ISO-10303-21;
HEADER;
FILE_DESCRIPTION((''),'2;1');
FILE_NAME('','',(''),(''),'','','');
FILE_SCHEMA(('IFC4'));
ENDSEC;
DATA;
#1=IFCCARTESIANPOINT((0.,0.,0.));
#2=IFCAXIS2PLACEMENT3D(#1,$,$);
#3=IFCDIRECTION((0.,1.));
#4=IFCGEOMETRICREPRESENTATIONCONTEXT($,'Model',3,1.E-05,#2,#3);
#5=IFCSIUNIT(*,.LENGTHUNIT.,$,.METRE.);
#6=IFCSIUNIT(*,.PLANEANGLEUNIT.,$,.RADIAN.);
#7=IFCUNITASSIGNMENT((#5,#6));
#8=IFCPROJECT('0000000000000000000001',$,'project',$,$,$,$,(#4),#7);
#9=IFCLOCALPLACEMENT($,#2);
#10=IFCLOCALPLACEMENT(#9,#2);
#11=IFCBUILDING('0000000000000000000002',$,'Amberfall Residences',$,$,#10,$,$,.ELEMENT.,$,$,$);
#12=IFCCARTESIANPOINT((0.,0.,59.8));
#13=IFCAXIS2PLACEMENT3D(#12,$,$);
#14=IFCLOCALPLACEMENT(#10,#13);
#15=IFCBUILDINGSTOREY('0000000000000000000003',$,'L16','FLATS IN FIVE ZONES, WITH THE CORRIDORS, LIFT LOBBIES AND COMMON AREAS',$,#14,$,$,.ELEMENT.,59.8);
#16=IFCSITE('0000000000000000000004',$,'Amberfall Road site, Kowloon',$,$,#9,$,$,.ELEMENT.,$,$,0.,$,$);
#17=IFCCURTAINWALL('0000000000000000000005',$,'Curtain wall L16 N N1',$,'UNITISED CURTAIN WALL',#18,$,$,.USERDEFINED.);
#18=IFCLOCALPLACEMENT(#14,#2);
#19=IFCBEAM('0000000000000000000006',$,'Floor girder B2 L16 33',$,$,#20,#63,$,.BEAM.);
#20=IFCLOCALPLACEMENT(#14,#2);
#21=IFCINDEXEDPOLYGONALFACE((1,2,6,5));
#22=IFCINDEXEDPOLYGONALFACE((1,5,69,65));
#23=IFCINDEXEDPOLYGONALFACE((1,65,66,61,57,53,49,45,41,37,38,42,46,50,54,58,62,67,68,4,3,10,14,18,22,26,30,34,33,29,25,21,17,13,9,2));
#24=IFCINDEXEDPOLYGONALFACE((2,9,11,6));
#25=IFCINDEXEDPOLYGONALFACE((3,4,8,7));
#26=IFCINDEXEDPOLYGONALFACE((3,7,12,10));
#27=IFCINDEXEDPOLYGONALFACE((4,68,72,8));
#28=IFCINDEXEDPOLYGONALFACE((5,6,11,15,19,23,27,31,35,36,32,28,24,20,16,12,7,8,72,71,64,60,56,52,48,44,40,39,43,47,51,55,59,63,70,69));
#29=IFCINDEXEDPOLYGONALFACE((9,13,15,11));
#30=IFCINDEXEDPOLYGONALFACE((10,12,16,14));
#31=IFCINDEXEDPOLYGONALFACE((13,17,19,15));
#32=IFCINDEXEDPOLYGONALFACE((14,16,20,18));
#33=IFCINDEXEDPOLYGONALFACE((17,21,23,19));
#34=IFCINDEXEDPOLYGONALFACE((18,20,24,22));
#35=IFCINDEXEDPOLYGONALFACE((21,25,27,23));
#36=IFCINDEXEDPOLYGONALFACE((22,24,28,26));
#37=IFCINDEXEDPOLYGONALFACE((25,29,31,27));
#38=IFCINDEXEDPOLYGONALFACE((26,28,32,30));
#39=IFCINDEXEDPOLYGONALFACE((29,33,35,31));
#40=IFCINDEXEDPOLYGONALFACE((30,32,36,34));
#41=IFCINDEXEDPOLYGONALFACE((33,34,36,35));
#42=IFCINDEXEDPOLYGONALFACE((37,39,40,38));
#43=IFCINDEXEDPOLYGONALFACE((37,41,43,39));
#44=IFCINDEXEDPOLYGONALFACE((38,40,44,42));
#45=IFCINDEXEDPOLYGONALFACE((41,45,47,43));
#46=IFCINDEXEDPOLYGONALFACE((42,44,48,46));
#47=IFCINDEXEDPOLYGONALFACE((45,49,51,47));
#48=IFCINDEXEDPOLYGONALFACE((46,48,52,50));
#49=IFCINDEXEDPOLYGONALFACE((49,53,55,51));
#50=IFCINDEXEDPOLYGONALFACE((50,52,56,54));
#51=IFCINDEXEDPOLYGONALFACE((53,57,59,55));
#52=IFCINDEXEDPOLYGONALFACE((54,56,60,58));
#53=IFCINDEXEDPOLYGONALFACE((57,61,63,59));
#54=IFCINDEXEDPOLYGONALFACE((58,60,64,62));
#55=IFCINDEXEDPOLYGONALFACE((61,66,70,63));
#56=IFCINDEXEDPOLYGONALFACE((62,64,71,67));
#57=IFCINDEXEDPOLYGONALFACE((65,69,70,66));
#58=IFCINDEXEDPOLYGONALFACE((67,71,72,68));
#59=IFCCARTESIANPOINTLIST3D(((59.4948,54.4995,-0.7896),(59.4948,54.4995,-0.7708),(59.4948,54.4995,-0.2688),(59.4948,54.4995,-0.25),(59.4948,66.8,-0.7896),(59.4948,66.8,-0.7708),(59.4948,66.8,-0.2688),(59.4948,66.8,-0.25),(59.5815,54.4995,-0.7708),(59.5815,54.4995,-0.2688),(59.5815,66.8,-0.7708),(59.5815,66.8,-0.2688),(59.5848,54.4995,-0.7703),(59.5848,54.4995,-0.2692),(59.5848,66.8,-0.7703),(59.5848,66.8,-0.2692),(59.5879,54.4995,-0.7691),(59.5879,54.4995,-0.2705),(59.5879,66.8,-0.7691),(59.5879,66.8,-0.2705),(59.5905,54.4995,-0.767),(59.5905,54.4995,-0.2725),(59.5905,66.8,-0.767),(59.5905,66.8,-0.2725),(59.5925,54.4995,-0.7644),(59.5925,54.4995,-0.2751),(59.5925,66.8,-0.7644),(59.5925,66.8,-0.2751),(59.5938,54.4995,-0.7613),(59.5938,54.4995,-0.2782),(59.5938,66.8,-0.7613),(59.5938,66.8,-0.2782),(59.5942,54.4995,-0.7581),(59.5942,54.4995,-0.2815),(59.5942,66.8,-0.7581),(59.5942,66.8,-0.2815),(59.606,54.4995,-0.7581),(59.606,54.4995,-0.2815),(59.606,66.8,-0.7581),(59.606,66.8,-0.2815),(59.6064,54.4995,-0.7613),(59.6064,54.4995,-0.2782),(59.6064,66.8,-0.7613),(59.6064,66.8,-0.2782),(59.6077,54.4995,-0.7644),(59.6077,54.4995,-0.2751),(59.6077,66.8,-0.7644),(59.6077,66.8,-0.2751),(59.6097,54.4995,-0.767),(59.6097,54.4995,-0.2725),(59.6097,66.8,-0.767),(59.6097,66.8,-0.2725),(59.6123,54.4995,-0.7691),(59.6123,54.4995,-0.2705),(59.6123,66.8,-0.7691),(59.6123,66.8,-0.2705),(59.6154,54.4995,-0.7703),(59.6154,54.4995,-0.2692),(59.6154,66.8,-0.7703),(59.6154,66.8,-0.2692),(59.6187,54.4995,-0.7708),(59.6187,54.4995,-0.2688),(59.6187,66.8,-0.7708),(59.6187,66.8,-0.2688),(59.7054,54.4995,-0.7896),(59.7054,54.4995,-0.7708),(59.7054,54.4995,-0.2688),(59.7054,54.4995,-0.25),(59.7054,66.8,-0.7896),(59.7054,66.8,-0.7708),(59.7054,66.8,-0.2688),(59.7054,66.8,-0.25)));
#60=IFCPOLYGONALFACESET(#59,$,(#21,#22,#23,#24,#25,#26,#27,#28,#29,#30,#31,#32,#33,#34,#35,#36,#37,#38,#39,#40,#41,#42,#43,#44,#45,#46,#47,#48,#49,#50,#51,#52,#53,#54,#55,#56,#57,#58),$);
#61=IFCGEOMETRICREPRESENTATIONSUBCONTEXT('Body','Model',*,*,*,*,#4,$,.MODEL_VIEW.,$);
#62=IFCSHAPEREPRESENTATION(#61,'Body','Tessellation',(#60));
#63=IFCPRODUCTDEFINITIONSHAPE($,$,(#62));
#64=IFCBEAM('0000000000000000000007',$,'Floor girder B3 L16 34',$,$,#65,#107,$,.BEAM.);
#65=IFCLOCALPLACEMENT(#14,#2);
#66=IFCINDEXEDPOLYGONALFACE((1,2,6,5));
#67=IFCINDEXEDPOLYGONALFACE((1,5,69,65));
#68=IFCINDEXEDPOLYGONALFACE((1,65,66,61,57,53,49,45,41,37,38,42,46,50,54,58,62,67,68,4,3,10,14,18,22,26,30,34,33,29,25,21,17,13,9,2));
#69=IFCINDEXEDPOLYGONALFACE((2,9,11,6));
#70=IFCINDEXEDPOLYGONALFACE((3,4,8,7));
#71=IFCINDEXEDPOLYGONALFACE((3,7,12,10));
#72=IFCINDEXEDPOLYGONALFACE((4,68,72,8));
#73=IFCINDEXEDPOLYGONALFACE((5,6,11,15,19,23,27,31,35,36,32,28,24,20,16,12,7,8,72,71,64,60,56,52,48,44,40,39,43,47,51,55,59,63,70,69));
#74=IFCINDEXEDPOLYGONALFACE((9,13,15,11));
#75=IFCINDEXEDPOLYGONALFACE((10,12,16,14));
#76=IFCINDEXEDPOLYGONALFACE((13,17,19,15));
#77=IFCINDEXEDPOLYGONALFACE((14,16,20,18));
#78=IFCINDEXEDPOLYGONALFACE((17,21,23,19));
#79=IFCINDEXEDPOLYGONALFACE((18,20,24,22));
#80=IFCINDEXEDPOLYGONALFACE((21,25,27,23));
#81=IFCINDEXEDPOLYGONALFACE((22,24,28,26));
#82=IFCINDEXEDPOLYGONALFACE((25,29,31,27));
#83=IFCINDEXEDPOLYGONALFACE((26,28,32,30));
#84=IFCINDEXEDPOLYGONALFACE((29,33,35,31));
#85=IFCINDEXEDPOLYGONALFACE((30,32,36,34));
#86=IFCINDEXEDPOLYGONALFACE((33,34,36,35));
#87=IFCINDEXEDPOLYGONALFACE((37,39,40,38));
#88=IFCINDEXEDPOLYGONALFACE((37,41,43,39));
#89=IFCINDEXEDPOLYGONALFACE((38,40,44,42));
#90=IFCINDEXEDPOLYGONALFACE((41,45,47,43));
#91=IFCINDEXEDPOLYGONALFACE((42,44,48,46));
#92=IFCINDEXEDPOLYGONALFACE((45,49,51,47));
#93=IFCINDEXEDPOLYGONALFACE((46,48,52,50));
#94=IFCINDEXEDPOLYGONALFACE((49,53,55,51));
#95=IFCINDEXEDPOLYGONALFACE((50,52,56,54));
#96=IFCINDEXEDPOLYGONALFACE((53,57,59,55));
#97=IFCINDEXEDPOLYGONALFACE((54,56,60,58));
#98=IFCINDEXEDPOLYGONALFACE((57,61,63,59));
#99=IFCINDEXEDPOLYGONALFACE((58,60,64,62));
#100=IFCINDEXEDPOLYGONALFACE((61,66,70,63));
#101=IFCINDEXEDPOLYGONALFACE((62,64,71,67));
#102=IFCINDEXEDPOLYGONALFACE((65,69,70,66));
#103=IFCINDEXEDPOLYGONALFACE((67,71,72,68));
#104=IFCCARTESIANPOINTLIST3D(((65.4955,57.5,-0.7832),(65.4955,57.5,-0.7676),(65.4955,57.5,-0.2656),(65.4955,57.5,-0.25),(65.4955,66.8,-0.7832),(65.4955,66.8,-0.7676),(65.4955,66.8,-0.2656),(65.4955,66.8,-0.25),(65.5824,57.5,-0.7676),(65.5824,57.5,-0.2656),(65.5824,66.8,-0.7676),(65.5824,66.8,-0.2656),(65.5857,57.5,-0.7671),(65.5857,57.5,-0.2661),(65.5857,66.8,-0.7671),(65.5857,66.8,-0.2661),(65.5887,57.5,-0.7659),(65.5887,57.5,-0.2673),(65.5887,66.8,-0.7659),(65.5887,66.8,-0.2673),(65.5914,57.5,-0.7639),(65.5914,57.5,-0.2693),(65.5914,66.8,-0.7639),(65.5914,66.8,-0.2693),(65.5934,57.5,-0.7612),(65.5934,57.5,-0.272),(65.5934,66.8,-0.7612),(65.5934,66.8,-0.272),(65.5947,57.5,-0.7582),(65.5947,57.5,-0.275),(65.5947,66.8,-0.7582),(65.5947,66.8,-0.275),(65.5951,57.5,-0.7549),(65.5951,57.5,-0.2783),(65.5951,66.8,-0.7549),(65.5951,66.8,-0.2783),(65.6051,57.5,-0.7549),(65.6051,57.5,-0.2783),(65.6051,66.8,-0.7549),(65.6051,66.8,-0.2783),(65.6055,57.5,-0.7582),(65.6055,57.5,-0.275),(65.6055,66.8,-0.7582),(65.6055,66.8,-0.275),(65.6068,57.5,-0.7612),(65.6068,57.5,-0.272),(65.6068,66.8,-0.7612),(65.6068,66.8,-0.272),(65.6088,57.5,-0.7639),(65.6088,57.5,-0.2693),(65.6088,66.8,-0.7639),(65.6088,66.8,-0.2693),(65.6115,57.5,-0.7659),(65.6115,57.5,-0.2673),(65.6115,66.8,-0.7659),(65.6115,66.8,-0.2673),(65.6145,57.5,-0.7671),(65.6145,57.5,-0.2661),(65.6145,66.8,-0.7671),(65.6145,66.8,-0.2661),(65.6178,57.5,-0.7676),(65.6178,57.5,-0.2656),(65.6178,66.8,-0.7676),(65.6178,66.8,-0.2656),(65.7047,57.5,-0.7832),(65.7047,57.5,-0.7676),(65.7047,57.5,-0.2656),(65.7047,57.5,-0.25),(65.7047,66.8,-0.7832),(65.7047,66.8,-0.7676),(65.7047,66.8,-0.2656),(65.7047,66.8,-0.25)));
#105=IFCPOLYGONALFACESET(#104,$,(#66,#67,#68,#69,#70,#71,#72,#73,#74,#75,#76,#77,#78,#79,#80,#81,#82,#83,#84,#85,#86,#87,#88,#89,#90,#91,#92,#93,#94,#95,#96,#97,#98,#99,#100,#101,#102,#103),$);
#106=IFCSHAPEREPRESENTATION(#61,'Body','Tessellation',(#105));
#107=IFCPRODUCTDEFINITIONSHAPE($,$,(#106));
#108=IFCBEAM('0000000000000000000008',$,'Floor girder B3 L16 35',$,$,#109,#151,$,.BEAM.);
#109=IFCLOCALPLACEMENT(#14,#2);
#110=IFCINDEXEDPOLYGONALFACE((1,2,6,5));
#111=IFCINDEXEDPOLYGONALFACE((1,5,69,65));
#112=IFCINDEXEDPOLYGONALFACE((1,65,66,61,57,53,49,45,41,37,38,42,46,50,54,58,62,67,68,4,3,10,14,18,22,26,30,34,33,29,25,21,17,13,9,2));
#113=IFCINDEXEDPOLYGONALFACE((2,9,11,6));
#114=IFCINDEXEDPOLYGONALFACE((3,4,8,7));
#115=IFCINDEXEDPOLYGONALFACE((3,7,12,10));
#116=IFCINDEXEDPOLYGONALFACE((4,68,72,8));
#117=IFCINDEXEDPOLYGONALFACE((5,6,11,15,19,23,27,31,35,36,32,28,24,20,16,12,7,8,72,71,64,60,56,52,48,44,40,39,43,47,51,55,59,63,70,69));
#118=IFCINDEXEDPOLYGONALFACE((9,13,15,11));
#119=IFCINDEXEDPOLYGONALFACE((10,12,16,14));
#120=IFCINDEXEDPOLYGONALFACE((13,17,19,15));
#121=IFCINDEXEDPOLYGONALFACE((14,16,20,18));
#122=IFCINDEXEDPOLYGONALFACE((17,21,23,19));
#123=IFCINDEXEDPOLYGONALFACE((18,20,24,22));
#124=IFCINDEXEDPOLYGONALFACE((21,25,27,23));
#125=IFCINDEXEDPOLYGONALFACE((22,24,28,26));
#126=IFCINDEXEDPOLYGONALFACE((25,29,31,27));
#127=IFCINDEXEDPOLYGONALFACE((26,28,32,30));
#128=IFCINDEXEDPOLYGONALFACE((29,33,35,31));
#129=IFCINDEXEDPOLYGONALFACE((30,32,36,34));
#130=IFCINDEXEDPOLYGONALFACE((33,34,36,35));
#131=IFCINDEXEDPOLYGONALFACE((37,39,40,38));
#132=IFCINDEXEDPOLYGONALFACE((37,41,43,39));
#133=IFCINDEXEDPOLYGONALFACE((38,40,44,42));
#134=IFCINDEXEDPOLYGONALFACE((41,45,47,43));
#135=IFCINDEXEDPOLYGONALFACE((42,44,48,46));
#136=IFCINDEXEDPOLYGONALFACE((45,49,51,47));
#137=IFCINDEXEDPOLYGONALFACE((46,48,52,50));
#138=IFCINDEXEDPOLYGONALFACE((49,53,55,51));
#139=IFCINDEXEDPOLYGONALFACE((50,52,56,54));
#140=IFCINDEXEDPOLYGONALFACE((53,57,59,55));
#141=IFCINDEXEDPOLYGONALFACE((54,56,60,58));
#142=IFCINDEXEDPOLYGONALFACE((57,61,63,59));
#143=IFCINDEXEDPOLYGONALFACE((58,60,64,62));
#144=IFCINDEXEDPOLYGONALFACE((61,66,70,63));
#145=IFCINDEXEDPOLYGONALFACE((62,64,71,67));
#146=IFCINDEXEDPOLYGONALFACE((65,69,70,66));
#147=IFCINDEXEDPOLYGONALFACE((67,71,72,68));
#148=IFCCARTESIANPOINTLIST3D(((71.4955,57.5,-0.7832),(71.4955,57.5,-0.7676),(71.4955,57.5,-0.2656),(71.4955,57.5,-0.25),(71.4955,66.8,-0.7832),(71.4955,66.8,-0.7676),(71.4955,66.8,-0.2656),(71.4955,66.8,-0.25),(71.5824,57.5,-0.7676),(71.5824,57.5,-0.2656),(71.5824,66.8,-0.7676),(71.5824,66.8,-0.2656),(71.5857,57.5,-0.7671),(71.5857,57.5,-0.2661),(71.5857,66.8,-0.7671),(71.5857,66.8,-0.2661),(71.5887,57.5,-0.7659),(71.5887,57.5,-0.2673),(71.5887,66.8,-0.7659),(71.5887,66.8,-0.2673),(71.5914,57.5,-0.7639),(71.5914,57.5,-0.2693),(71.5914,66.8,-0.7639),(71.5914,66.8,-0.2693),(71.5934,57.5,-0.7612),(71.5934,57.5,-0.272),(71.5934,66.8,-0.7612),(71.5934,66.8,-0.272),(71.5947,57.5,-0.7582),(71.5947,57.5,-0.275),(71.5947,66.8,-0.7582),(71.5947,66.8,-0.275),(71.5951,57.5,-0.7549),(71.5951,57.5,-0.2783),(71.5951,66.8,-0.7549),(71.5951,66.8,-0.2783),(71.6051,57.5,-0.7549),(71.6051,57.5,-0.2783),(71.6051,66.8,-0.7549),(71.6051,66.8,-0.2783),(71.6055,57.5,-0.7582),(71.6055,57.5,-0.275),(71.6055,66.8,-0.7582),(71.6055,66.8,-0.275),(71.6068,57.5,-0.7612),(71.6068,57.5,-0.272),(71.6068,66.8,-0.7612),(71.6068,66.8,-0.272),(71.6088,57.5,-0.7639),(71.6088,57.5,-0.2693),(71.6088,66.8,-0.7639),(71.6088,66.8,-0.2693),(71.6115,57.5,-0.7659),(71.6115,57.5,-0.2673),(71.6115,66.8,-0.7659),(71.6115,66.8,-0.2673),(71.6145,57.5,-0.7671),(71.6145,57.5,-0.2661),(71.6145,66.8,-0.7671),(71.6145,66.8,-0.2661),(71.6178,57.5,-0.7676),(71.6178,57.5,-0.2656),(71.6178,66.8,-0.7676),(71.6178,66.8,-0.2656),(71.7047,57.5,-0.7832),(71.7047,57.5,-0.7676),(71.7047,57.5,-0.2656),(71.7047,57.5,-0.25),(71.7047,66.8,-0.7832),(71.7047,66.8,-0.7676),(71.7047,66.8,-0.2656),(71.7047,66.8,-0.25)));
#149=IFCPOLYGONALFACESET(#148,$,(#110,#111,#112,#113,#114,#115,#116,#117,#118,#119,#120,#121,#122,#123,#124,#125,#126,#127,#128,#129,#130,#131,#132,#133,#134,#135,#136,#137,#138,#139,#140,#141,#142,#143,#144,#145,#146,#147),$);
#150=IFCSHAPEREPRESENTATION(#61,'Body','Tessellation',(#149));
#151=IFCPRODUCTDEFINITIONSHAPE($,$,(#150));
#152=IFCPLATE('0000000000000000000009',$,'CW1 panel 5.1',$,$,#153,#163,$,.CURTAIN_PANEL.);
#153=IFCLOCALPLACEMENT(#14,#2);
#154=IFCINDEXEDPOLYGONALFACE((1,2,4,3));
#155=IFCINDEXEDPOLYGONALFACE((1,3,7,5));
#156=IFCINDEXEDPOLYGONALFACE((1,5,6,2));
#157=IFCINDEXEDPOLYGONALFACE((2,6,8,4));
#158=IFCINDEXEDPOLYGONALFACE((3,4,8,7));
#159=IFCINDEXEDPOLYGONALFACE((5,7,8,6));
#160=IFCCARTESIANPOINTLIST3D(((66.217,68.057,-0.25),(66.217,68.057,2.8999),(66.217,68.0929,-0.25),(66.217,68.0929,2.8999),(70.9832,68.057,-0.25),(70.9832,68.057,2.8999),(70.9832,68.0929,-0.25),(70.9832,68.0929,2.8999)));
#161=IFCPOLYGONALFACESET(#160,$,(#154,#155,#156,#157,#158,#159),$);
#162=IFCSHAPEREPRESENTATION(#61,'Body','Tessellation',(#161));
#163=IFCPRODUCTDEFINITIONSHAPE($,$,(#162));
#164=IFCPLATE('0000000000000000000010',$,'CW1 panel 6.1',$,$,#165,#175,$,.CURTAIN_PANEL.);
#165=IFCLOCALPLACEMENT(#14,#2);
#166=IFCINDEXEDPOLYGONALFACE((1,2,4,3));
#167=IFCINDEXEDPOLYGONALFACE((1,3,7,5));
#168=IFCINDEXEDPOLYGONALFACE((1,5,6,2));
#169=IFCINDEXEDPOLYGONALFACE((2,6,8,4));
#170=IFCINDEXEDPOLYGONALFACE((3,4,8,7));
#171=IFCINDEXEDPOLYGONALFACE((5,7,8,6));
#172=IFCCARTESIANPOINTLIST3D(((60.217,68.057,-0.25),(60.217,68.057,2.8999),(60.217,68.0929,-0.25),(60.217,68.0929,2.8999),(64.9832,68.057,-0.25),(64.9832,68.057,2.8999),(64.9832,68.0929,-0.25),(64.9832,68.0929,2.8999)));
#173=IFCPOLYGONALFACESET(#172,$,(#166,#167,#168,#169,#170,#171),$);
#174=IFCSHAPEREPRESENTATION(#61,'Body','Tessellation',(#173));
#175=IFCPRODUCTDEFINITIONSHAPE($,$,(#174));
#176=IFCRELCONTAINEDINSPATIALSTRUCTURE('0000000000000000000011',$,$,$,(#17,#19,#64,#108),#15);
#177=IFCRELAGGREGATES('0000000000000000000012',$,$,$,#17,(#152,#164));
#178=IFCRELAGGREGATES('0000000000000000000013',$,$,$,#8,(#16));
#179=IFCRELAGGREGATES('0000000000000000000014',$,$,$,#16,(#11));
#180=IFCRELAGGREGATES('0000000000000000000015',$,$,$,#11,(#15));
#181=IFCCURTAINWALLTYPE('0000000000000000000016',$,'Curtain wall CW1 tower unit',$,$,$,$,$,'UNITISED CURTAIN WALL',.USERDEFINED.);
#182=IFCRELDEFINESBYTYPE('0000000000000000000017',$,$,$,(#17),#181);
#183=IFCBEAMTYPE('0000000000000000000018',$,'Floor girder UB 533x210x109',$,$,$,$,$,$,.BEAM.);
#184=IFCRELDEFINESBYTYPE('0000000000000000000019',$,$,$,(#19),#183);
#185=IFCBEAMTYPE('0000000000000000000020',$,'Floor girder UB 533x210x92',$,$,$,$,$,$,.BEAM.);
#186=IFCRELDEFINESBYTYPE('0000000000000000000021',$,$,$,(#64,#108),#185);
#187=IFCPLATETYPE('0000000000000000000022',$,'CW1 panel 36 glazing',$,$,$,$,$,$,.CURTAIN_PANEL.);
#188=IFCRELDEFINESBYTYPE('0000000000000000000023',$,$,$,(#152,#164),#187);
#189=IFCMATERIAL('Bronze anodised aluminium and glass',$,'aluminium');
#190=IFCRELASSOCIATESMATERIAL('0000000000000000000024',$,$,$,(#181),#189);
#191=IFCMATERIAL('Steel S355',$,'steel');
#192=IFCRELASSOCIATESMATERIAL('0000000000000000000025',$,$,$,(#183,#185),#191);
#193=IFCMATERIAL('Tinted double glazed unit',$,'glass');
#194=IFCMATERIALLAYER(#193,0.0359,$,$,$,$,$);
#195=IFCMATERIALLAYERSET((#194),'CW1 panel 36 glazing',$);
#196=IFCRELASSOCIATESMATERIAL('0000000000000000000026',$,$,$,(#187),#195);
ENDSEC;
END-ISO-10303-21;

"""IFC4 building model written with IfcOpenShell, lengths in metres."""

from ifc_helpers import new_model, si_unit, direction, frame, origin, origin_2d, place, context, subcontext, project, spatial, rectangle, i_section, extrude, material, layer, layer_set, material_profile, profile_set, type_object, element, aggregate, save


model = new_model("IFC4")

# Units and contexts
model_context = context("Model", 3, precision=1e-05, world=origin(), true_north=direction((0.0, 1.0)))
body_context = subcontext(model_context, "Body", "Model", "MODEL_VIEW")
ifc_project = project(units=[si_unit("LENGTHUNIT", "METRE"), si_unit("PLANEANGLEUNIT", "RADIAN")], contexts=[model_context])

# Site, building, storey
site_placement = place(None, origin())
site = spatial("IfcSite", under=ifc_project, at=site_placement, Name="Amberfall Road site, Kowloon", CompositionType="ELEMENT", RefElevation=0.0)
building_placement = place(site_placement, origin())
building = spatial("IfcBuilding", under=site, at=building_placement, Name="Amberfall Residences", CompositionType="ELEMENT")
storey_placement = place(building_placement, frame((0.0, 0.0, 59.8)))
storey = spatial("IfcBuildingStorey", under=building, at=storey_placement, Name="L16", Description="FLATS IN FIVE ZONES, WITH THE CORRIDORS, LIFT LOBBIES AND COMMON AREAS", CompositionType="ELEMENT", Elevation=59.8)

# Curtain wall
ifc_material_1 = material(Name="Bronze anodised aluminium and glass", Category="aluminium")
curtain_wall_type = type_object("IfcCurtainWallType", Name="Curtain wall CW1 tower unit", ElementType="UNITISED CURTAIN WALL", PredefinedType="USERDEFINED", material=ifc_material_1)
curtain_wall_placement = place(storey_placement, origin())
curtain_wall = element("IfcCurtainWall", 1, at=curtain_wall_placement, inside=storey, type_object=curtain_wall_type, Name="Curtain wall L16 N N1", ObjectType="UNITISED CURTAIN WALL", PredefinedType="USERDEFINED")

# Shared definitions
ifc_material_2 = material(Name="Steel S355", Category="steel")

# Beams
ifc_material_profile_1 = material_profile(ifc_material_2, i_section(OverallWidth=0.2107, OverallDepth=0.5396, WebThickness=0.0117, FlangeThickness=0.0188, FilletRadius=0.0127, at=origin_2d()), Name="UB 533x210x109")
ifc_profile_set_1 = profile_set([ifc_material_profile_1], Name="Steel S355")
beam_type_1 = type_object("IfcBeamType", Name="Floor girder UB 533x210x109", PredefinedType="BEAM", material=ifc_profile_set_1)
beam_placement = place(storey_placement, frame((59.6001, 66.8, -0.5198), z_axis=(0.0, -1.0, 0.0), x_axis=(1.0, 0.0, 0.0)))
element("IfcBeam", 2, at=beam_placement, inside=storey, type_object=beam_type_1, Name="Floor girder B2 L16 33", PredefinedType="BEAM", context=body_context, shape_type="SweptSolid", body=[
    extrude(i_section(OverallWidth=0.2107, OverallDepth=0.5396, WebThickness=0.0117, FlangeThickness=0.0188, FilletRadius=0.0127, at=origin_2d()), origin(), (0.0, 0.0, 1.0), 12.3005),
])
ifc_material_profile_2 = material_profile(ifc_material_2, i_section(OverallWidth=0.2092, OverallDepth=0.5332, WebThickness=0.01, FlangeThickness=0.0156, FilletRadius=0.0127, at=origin_2d()), Name="UB 533x210x92")
ifc_profile_set_2 = profile_set([ifc_material_profile_2], Name="Steel S355")
beam_type_2 = type_object("IfcBeamType", Name="Floor girder UB 533x210x92", PredefinedType="BEAM", material=ifc_profile_set_2)
for number, where, z_axis, x_axis, name in (
    (3, (65.6001, 66.8, -0.5166), (0.0, -1.0, 0.0), (1.0, 0.0, 0.0), "Floor girder B3 L16 34"),
    (4, (71.6001, 66.8, -0.5166), (0.0, -1.0, 0.0), (1.0, 0.0, 0.0), "Floor girder B3 L16 35"),
):
    element("IfcBeam", number, at=place(storey_placement, frame(where, z_axis=z_axis, x_axis=x_axis)), inside=storey, type_object=beam_type_2, Name=name, PredefinedType="BEAM", context=body_context, shape_type="SweptSolid", body=[
        extrude(i_section(OverallWidth=0.2092, OverallDepth=0.5332, WebThickness=0.01, FlangeThickness=0.0156, FilletRadius=0.0127, at=origin_2d()), origin(), (0.0, 0.0, 1.0), 9.3),
    ])

# Plates
ifc_material_3 = material(Name="Tinted double glazed unit", Category="glass")
ifc_layer_1 = layer(ifc_material_3, 0.0359)
ifc_layer_set_1 = layer_set([ifc_layer_1], Name="CW1 panel 36 glazing")
plate_type = type_object("IfcPlateType", Name="CW1 panel 36 glazing", PredefinedType="CURTAIN_PANEL", material=ifc_layer_set_1)
plate_1_placement = place(storey_placement, frame((68.6001, 68.075, -0.25), z_axis=(0.0, 0.0, 1.0), x_axis=(-1.0, 0.0, 0.0)))
plate_1 = element("IfcPlate", 5, at=plate_1_placement, type_object=plate_type, Name="CW1 panel 5.1", PredefinedType="CURTAIN_PANEL", context=body_context, shape_type="SweptSolid", body=[
    extrude(rectangle(XDim=4.7661, YDim=0.0359, at=origin_2d()), origin(), (0.0, 0.0, 1.0), 3.1499),
])
plate_2_placement = place(storey_placement, frame((62.6001, 68.075, -0.25), z_axis=(0.0, 0.0, 1.0), x_axis=(-1.0, 0.0, 0.0)))
plate_2 = element("IfcPlate", 6, at=plate_2_placement, type_object=plate_type, Name="CW1 panel 6.1", PredefinedType="CURTAIN_PANEL", context=body_context, shape_type="SweptSolid", body=[
    extrude(rectangle(XDim=4.7661, YDim=0.0359, at=origin_2d()), origin(), (0.0, 0.0, 1.0), 3.1499),
])
aggregate(curtain_wall, [plate_1, plate_2])

save(model, "model.ifc")
